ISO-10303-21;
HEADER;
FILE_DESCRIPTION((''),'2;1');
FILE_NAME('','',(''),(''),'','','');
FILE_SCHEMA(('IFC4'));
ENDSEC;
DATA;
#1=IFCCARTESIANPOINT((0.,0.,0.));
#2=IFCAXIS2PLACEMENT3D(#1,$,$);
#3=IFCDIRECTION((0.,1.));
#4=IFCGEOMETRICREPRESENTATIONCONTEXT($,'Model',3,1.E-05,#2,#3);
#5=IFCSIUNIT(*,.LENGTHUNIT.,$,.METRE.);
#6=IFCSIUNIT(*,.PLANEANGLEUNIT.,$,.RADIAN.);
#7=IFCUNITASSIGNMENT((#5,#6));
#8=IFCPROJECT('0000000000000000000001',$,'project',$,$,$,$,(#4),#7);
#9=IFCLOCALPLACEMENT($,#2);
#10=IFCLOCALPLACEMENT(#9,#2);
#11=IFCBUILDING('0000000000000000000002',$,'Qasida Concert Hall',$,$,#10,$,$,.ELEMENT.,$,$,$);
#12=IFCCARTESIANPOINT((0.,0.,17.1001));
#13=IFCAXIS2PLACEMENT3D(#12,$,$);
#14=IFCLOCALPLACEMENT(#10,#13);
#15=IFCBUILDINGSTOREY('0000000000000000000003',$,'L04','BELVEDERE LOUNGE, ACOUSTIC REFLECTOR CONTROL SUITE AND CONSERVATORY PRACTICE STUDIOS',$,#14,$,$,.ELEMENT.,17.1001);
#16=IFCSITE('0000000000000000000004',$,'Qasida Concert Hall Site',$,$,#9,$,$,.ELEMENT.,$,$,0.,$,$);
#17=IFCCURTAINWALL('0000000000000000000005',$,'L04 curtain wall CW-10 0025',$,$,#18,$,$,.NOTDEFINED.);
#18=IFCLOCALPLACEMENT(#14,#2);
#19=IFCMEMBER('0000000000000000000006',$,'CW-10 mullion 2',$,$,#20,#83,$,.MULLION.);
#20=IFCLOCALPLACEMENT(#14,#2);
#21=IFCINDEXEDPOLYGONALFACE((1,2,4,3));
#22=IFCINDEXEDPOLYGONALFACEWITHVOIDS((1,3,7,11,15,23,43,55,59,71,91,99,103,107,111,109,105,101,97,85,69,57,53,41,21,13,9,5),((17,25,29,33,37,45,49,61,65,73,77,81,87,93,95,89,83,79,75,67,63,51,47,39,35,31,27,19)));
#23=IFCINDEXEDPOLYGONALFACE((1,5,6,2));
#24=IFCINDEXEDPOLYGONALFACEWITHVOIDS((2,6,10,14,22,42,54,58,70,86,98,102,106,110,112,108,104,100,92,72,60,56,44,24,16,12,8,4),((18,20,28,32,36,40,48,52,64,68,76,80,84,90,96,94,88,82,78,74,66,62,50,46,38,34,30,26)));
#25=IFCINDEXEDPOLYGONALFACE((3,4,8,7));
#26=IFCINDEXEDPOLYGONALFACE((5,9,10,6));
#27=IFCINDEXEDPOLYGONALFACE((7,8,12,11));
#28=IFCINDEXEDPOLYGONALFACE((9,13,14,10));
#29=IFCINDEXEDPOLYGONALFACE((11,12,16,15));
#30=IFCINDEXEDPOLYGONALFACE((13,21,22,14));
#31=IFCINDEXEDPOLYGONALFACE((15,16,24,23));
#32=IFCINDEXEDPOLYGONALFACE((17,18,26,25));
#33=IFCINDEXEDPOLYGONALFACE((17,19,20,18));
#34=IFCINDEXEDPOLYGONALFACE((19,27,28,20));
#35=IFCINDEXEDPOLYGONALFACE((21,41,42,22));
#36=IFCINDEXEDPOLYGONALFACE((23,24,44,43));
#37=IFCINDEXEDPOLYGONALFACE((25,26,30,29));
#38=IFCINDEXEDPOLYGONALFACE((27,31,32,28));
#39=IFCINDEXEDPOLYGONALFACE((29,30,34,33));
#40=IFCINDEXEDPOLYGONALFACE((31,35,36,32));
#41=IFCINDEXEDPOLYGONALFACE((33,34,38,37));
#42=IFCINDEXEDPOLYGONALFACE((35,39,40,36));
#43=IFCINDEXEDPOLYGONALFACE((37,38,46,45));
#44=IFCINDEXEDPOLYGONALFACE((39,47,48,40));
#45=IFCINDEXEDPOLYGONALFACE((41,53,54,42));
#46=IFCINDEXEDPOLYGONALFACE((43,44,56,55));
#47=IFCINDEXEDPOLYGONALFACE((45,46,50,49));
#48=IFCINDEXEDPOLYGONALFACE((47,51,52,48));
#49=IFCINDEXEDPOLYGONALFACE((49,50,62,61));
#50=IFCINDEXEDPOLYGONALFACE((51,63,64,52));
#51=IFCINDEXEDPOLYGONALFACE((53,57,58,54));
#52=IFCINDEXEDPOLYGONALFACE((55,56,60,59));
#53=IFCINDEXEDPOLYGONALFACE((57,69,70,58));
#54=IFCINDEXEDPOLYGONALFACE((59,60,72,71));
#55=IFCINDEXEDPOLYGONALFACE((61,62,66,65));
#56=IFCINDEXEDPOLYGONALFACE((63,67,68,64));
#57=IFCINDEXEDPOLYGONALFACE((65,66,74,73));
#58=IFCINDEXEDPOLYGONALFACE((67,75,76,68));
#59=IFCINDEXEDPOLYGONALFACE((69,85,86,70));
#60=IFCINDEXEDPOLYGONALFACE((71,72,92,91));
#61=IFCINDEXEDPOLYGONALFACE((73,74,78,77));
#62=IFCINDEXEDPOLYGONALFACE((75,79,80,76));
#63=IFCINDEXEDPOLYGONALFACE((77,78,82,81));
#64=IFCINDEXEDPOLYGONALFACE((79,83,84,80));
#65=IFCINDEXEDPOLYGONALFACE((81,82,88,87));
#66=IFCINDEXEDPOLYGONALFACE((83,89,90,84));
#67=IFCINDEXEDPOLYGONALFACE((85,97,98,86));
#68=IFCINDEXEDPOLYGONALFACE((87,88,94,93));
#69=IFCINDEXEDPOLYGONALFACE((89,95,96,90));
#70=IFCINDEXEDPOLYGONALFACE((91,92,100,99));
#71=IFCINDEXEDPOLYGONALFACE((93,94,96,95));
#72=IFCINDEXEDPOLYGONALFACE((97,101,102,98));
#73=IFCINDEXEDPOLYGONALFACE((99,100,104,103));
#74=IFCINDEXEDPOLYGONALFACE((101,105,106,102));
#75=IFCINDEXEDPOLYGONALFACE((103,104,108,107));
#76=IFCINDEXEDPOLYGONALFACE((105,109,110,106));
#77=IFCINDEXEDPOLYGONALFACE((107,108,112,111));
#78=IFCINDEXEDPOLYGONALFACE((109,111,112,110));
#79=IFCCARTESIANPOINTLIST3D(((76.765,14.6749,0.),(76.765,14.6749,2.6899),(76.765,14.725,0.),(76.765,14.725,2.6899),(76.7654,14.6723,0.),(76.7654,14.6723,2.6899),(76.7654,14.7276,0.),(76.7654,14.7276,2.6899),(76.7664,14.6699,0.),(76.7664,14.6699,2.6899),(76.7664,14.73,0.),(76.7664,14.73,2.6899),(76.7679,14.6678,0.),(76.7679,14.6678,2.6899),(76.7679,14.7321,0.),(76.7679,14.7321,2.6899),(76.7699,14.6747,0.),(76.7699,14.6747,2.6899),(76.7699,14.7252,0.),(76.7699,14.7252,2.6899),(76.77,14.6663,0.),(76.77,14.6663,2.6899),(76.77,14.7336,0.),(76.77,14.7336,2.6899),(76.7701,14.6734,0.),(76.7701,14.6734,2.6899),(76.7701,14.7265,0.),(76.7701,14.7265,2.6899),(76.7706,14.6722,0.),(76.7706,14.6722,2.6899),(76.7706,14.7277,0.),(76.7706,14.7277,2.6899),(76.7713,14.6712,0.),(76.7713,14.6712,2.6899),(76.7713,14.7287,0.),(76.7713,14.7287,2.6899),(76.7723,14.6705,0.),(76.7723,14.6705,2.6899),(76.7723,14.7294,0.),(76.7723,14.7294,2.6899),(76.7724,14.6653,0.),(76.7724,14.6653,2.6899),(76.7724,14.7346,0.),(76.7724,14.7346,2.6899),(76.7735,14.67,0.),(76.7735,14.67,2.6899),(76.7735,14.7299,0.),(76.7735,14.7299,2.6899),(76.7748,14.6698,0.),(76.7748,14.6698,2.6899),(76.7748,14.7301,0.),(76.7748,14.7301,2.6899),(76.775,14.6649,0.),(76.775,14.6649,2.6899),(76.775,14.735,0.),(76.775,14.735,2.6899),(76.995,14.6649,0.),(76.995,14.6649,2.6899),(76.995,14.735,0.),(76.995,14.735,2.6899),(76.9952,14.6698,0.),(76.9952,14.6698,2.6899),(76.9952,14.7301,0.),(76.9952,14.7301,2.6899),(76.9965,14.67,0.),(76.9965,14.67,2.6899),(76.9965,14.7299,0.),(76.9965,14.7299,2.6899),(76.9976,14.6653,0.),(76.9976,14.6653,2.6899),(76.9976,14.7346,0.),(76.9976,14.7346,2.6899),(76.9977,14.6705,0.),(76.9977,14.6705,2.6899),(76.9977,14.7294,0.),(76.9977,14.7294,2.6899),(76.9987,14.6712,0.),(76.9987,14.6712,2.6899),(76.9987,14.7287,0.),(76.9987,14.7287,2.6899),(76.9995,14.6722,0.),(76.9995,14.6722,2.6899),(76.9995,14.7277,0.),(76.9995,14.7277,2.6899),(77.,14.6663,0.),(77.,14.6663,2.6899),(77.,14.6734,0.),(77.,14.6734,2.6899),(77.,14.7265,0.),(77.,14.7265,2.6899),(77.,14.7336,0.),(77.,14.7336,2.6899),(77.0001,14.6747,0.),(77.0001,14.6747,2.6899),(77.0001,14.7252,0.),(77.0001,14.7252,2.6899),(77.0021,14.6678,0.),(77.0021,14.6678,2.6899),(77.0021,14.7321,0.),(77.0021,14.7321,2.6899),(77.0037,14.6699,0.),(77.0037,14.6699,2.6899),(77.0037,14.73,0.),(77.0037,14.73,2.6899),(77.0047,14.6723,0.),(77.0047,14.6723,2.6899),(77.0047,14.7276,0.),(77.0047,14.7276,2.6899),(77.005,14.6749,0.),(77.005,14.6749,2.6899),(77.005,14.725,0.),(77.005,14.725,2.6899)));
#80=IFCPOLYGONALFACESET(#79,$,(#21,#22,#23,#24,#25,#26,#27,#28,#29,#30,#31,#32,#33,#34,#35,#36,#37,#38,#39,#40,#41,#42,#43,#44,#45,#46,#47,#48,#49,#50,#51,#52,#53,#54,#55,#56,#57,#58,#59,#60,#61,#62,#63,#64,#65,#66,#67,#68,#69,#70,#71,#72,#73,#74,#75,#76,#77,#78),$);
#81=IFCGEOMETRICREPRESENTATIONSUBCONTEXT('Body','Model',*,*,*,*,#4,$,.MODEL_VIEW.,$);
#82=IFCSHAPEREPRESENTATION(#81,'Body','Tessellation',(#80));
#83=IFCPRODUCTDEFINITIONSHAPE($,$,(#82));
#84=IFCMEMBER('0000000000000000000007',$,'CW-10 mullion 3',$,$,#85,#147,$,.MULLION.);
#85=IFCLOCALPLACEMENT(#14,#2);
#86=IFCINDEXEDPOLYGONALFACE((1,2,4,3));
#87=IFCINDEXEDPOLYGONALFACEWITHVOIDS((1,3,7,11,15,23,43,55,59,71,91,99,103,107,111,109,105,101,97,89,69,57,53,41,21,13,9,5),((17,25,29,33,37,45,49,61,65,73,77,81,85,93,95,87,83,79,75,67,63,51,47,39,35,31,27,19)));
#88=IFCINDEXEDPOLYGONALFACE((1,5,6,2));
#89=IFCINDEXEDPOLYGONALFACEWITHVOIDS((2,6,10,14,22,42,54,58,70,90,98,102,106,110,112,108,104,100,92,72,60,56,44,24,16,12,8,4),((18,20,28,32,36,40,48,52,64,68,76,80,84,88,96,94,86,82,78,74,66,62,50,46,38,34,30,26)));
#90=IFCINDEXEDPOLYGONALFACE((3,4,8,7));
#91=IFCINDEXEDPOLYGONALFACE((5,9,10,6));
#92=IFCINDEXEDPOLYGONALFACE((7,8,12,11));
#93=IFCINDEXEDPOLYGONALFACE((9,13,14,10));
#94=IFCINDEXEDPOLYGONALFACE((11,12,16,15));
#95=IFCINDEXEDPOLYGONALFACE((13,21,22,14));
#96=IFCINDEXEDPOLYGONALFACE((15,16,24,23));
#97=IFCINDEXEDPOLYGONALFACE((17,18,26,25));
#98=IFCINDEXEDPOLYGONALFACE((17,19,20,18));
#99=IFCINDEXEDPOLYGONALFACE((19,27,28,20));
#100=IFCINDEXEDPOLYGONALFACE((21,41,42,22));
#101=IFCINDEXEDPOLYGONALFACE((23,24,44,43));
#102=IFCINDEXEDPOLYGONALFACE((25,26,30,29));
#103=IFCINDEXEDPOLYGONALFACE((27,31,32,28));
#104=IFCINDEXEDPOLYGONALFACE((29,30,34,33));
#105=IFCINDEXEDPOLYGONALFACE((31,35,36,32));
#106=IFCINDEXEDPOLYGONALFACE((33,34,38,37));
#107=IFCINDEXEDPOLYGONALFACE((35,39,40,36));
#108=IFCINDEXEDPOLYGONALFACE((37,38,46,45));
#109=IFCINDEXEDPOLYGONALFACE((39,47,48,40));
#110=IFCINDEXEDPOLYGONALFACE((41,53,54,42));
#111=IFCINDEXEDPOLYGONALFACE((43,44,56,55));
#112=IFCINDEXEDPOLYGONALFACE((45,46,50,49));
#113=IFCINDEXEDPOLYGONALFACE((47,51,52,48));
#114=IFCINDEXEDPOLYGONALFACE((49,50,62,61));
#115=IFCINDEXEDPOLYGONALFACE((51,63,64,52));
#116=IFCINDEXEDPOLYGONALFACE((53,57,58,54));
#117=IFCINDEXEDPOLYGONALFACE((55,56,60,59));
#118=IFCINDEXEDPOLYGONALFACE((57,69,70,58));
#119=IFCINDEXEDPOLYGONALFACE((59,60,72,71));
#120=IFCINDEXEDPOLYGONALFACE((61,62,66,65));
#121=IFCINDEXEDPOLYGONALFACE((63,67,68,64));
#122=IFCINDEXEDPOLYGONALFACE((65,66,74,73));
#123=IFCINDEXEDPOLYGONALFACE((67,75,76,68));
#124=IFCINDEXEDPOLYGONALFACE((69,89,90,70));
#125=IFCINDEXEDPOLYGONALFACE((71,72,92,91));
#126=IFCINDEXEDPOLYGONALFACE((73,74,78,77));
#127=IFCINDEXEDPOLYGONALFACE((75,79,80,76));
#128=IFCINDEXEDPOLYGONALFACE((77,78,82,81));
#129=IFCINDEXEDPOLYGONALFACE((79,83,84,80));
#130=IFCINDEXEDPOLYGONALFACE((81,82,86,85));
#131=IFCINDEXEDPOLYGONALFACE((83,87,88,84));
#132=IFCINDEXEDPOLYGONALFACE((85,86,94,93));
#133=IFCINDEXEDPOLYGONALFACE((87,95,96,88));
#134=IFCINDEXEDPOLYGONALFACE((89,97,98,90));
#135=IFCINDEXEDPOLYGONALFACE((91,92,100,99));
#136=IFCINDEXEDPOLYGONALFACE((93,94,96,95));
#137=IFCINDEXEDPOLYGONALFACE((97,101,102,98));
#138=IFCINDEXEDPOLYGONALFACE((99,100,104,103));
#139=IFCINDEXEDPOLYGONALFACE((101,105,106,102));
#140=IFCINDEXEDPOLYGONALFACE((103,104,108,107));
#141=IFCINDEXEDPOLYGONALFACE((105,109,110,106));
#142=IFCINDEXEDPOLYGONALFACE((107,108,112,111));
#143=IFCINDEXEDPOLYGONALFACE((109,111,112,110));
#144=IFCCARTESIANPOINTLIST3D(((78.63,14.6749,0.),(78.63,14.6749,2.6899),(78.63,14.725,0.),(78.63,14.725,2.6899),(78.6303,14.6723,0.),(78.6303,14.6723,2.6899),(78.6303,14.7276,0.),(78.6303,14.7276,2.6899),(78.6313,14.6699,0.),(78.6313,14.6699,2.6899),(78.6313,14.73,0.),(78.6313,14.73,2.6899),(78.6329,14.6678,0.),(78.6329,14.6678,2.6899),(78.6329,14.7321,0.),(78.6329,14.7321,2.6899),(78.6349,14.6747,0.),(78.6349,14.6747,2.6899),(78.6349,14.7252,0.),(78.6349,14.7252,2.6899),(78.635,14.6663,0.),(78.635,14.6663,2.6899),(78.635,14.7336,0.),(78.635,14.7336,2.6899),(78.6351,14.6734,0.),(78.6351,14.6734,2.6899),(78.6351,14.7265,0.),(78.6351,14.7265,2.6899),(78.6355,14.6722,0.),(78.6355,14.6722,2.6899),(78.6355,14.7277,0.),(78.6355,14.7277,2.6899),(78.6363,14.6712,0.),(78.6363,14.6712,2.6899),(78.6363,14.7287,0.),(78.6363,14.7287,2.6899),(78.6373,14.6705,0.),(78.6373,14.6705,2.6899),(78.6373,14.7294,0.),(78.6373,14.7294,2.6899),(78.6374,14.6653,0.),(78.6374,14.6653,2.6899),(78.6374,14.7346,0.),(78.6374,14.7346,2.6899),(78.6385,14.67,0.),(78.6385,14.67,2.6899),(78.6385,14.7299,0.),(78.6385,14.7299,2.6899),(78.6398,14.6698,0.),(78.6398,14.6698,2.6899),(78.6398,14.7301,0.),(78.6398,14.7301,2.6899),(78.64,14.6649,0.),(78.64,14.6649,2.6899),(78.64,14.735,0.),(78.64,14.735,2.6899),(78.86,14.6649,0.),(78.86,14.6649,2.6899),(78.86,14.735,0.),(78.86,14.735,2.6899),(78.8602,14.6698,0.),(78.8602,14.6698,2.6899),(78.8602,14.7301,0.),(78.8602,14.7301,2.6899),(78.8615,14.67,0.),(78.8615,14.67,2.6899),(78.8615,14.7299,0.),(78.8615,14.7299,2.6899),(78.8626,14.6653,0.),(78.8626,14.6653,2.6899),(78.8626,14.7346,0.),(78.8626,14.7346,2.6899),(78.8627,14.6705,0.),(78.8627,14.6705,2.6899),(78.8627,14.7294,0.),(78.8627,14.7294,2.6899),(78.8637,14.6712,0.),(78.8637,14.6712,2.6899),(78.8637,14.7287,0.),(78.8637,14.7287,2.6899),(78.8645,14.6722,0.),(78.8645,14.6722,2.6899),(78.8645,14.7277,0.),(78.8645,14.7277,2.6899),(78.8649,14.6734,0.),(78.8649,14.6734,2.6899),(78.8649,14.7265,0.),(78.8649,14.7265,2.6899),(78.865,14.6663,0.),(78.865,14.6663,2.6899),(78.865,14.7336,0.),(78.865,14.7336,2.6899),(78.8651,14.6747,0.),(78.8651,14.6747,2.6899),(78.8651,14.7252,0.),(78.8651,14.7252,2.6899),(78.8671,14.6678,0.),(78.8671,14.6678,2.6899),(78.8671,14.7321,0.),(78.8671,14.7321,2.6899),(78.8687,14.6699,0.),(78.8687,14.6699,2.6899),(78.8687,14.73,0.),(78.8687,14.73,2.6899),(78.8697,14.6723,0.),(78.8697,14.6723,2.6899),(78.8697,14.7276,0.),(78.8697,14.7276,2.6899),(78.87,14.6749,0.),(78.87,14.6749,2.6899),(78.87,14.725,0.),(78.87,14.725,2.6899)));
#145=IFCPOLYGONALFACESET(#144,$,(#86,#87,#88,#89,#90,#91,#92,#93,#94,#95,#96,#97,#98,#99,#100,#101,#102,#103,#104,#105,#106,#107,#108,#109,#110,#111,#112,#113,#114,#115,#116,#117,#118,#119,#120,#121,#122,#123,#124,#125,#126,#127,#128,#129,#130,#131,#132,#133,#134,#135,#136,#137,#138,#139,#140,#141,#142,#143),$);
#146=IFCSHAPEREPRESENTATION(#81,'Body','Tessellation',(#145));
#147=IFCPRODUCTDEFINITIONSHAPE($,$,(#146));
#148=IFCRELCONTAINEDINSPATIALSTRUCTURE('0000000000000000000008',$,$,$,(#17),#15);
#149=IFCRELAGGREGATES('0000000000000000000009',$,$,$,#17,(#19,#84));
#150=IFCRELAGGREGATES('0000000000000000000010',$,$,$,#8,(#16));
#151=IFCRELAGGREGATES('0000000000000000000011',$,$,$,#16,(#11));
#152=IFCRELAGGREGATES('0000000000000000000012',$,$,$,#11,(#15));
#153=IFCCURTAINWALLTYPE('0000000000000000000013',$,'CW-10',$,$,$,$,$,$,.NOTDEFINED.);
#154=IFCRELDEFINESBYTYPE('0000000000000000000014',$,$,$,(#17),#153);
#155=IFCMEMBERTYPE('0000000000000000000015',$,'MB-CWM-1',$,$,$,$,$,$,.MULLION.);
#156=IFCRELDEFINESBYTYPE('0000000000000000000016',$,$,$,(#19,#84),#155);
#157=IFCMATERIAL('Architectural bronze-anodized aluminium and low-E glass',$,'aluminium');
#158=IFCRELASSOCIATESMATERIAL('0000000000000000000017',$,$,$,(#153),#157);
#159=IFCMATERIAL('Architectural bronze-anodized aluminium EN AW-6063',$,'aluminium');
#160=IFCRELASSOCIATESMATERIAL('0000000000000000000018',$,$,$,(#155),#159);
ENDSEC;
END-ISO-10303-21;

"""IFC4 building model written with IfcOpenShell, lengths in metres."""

from ifc_helpers import new_model, si_unit, direction, frame, origin, origin_2d, place, context, subcontext, project, spatial, hollow_rectangle, extrude, material, material_profile, profile_set, type_object, element, aggregate, save


model = new_model("IFC4")

# Units and contexts
model_context = context("Model", 3, precision=1e-05, world=origin(), true_north=direction((0.0, 1.0)))
body_context = subcontext(model_context, "Body", "Model", "MODEL_VIEW")
ifc_project = project(units=[si_unit("LENGTHUNIT", "METRE"), si_unit("PLANEANGLEUNIT", "RADIAN")], contexts=[model_context])

# Site, building, storey
site_placement = place(None, origin())
site = spatial("IfcSite", under=ifc_project, at=site_placement, Name="Qasida Concert Hall Site", CompositionType="ELEMENT", RefElevation=0.0)
building_placement = place(site_placement, origin())
building = spatial("IfcBuilding", under=site, at=building_placement, Name="Qasida Concert Hall", CompositionType="ELEMENT")
storey_placement = place(building_placement, frame((0.0, 0.0, 17.1001)))
storey = spatial("IfcBuildingStorey", under=building, at=storey_placement, Name="L04", Description="BELVEDERE LOUNGE, ACOUSTIC REFLECTOR CONTROL SUITE AND CONSERVATORY PRACTICE STUDIOS", CompositionType="ELEMENT", Elevation=17.1001)

# Curtain wall, members
ifc_material_1 = material(Name="Architectural bronze-anodized aluminium and low-E glass", Category="aluminium")
curtain_wall_type = type_object("IfcCurtainWallType", Name="CW-10", PredefinedType="NOTDEFINED", material=ifc_material_1)
curtain_wall_placement = place(storey_placement, origin())
curtain_wall = element("IfcCurtainWall", 1, at=curtain_wall_placement, inside=storey, type_object=curtain_wall_type, Name="L04 curtain wall CW-10 0025", PredefinedType="NOTDEFINED")
ifc_material_2 = material(Name="Architectural bronze-anodized aluminium EN AW-6063", Category="aluminium")
ifc_material_profile_1 = material_profile(ifc_material_2, hollow_rectangle(XDim=0.0701, YDim=0.24, WallThickness=0.0049, InnerFilletRadius=0.0049, OuterFilletRadius=0.01, at=origin_2d()), Name="CWM 240x70x5")
ifc_profile_set_1 = profile_set([ifc_material_profile_1], Name="Architectural bronze-anodized aluminium EN AW-6063")
member_type_1 = type_object("IfcMemberType", Name="MB-CWM-1", PredefinedType="MULLION", material=ifc_profile_set_1)
member_1_placement = place(storey_placement, frame((76.885, 14.7, 0.0), z_axis=(0.0, 0.0, 1.0), x_axis=(0.0, 1.0, 0.0)))
member_1 = element("IfcMember", 2, at=member_1_placement, type_object=member_type_1, Name="CW-10 mullion 2", PredefinedType="MULLION", context=body_context, shape_type="SweptSolid", body=[
    extrude(hollow_rectangle(XDim=0.0701, YDim=0.24, WallThickness=0.0049, InnerFilletRadius=0.0049, OuterFilletRadius=0.01, at=origin_2d()), origin(), (0.0, 0.0, 1.0), 2.6899),
])
member_2_placement = place(storey_placement, frame((78.75, 14.7, 0.0), z_axis=(0.0, 0.0, 1.0), x_axis=(0.0, 1.0, 0.0)))
member_2 = element("IfcMember", 3, at=member_2_placement, type_object=member_type_1, Name="CW-10 mullion 3", PredefinedType="MULLION", context=body_context, shape_type="SweptSolid", body=[
    extrude(hollow_rectangle(XDim=0.0701, YDim=0.24, WallThickness=0.0049, InnerFilletRadius=0.0049, OuterFilletRadius=0.01, at=origin_2d()), origin(), (0.0, 0.0, 1.0), 2.6899),
])
aggregate(curtain_wall, [member_1, member_2])

save(model, "model.ifc")
